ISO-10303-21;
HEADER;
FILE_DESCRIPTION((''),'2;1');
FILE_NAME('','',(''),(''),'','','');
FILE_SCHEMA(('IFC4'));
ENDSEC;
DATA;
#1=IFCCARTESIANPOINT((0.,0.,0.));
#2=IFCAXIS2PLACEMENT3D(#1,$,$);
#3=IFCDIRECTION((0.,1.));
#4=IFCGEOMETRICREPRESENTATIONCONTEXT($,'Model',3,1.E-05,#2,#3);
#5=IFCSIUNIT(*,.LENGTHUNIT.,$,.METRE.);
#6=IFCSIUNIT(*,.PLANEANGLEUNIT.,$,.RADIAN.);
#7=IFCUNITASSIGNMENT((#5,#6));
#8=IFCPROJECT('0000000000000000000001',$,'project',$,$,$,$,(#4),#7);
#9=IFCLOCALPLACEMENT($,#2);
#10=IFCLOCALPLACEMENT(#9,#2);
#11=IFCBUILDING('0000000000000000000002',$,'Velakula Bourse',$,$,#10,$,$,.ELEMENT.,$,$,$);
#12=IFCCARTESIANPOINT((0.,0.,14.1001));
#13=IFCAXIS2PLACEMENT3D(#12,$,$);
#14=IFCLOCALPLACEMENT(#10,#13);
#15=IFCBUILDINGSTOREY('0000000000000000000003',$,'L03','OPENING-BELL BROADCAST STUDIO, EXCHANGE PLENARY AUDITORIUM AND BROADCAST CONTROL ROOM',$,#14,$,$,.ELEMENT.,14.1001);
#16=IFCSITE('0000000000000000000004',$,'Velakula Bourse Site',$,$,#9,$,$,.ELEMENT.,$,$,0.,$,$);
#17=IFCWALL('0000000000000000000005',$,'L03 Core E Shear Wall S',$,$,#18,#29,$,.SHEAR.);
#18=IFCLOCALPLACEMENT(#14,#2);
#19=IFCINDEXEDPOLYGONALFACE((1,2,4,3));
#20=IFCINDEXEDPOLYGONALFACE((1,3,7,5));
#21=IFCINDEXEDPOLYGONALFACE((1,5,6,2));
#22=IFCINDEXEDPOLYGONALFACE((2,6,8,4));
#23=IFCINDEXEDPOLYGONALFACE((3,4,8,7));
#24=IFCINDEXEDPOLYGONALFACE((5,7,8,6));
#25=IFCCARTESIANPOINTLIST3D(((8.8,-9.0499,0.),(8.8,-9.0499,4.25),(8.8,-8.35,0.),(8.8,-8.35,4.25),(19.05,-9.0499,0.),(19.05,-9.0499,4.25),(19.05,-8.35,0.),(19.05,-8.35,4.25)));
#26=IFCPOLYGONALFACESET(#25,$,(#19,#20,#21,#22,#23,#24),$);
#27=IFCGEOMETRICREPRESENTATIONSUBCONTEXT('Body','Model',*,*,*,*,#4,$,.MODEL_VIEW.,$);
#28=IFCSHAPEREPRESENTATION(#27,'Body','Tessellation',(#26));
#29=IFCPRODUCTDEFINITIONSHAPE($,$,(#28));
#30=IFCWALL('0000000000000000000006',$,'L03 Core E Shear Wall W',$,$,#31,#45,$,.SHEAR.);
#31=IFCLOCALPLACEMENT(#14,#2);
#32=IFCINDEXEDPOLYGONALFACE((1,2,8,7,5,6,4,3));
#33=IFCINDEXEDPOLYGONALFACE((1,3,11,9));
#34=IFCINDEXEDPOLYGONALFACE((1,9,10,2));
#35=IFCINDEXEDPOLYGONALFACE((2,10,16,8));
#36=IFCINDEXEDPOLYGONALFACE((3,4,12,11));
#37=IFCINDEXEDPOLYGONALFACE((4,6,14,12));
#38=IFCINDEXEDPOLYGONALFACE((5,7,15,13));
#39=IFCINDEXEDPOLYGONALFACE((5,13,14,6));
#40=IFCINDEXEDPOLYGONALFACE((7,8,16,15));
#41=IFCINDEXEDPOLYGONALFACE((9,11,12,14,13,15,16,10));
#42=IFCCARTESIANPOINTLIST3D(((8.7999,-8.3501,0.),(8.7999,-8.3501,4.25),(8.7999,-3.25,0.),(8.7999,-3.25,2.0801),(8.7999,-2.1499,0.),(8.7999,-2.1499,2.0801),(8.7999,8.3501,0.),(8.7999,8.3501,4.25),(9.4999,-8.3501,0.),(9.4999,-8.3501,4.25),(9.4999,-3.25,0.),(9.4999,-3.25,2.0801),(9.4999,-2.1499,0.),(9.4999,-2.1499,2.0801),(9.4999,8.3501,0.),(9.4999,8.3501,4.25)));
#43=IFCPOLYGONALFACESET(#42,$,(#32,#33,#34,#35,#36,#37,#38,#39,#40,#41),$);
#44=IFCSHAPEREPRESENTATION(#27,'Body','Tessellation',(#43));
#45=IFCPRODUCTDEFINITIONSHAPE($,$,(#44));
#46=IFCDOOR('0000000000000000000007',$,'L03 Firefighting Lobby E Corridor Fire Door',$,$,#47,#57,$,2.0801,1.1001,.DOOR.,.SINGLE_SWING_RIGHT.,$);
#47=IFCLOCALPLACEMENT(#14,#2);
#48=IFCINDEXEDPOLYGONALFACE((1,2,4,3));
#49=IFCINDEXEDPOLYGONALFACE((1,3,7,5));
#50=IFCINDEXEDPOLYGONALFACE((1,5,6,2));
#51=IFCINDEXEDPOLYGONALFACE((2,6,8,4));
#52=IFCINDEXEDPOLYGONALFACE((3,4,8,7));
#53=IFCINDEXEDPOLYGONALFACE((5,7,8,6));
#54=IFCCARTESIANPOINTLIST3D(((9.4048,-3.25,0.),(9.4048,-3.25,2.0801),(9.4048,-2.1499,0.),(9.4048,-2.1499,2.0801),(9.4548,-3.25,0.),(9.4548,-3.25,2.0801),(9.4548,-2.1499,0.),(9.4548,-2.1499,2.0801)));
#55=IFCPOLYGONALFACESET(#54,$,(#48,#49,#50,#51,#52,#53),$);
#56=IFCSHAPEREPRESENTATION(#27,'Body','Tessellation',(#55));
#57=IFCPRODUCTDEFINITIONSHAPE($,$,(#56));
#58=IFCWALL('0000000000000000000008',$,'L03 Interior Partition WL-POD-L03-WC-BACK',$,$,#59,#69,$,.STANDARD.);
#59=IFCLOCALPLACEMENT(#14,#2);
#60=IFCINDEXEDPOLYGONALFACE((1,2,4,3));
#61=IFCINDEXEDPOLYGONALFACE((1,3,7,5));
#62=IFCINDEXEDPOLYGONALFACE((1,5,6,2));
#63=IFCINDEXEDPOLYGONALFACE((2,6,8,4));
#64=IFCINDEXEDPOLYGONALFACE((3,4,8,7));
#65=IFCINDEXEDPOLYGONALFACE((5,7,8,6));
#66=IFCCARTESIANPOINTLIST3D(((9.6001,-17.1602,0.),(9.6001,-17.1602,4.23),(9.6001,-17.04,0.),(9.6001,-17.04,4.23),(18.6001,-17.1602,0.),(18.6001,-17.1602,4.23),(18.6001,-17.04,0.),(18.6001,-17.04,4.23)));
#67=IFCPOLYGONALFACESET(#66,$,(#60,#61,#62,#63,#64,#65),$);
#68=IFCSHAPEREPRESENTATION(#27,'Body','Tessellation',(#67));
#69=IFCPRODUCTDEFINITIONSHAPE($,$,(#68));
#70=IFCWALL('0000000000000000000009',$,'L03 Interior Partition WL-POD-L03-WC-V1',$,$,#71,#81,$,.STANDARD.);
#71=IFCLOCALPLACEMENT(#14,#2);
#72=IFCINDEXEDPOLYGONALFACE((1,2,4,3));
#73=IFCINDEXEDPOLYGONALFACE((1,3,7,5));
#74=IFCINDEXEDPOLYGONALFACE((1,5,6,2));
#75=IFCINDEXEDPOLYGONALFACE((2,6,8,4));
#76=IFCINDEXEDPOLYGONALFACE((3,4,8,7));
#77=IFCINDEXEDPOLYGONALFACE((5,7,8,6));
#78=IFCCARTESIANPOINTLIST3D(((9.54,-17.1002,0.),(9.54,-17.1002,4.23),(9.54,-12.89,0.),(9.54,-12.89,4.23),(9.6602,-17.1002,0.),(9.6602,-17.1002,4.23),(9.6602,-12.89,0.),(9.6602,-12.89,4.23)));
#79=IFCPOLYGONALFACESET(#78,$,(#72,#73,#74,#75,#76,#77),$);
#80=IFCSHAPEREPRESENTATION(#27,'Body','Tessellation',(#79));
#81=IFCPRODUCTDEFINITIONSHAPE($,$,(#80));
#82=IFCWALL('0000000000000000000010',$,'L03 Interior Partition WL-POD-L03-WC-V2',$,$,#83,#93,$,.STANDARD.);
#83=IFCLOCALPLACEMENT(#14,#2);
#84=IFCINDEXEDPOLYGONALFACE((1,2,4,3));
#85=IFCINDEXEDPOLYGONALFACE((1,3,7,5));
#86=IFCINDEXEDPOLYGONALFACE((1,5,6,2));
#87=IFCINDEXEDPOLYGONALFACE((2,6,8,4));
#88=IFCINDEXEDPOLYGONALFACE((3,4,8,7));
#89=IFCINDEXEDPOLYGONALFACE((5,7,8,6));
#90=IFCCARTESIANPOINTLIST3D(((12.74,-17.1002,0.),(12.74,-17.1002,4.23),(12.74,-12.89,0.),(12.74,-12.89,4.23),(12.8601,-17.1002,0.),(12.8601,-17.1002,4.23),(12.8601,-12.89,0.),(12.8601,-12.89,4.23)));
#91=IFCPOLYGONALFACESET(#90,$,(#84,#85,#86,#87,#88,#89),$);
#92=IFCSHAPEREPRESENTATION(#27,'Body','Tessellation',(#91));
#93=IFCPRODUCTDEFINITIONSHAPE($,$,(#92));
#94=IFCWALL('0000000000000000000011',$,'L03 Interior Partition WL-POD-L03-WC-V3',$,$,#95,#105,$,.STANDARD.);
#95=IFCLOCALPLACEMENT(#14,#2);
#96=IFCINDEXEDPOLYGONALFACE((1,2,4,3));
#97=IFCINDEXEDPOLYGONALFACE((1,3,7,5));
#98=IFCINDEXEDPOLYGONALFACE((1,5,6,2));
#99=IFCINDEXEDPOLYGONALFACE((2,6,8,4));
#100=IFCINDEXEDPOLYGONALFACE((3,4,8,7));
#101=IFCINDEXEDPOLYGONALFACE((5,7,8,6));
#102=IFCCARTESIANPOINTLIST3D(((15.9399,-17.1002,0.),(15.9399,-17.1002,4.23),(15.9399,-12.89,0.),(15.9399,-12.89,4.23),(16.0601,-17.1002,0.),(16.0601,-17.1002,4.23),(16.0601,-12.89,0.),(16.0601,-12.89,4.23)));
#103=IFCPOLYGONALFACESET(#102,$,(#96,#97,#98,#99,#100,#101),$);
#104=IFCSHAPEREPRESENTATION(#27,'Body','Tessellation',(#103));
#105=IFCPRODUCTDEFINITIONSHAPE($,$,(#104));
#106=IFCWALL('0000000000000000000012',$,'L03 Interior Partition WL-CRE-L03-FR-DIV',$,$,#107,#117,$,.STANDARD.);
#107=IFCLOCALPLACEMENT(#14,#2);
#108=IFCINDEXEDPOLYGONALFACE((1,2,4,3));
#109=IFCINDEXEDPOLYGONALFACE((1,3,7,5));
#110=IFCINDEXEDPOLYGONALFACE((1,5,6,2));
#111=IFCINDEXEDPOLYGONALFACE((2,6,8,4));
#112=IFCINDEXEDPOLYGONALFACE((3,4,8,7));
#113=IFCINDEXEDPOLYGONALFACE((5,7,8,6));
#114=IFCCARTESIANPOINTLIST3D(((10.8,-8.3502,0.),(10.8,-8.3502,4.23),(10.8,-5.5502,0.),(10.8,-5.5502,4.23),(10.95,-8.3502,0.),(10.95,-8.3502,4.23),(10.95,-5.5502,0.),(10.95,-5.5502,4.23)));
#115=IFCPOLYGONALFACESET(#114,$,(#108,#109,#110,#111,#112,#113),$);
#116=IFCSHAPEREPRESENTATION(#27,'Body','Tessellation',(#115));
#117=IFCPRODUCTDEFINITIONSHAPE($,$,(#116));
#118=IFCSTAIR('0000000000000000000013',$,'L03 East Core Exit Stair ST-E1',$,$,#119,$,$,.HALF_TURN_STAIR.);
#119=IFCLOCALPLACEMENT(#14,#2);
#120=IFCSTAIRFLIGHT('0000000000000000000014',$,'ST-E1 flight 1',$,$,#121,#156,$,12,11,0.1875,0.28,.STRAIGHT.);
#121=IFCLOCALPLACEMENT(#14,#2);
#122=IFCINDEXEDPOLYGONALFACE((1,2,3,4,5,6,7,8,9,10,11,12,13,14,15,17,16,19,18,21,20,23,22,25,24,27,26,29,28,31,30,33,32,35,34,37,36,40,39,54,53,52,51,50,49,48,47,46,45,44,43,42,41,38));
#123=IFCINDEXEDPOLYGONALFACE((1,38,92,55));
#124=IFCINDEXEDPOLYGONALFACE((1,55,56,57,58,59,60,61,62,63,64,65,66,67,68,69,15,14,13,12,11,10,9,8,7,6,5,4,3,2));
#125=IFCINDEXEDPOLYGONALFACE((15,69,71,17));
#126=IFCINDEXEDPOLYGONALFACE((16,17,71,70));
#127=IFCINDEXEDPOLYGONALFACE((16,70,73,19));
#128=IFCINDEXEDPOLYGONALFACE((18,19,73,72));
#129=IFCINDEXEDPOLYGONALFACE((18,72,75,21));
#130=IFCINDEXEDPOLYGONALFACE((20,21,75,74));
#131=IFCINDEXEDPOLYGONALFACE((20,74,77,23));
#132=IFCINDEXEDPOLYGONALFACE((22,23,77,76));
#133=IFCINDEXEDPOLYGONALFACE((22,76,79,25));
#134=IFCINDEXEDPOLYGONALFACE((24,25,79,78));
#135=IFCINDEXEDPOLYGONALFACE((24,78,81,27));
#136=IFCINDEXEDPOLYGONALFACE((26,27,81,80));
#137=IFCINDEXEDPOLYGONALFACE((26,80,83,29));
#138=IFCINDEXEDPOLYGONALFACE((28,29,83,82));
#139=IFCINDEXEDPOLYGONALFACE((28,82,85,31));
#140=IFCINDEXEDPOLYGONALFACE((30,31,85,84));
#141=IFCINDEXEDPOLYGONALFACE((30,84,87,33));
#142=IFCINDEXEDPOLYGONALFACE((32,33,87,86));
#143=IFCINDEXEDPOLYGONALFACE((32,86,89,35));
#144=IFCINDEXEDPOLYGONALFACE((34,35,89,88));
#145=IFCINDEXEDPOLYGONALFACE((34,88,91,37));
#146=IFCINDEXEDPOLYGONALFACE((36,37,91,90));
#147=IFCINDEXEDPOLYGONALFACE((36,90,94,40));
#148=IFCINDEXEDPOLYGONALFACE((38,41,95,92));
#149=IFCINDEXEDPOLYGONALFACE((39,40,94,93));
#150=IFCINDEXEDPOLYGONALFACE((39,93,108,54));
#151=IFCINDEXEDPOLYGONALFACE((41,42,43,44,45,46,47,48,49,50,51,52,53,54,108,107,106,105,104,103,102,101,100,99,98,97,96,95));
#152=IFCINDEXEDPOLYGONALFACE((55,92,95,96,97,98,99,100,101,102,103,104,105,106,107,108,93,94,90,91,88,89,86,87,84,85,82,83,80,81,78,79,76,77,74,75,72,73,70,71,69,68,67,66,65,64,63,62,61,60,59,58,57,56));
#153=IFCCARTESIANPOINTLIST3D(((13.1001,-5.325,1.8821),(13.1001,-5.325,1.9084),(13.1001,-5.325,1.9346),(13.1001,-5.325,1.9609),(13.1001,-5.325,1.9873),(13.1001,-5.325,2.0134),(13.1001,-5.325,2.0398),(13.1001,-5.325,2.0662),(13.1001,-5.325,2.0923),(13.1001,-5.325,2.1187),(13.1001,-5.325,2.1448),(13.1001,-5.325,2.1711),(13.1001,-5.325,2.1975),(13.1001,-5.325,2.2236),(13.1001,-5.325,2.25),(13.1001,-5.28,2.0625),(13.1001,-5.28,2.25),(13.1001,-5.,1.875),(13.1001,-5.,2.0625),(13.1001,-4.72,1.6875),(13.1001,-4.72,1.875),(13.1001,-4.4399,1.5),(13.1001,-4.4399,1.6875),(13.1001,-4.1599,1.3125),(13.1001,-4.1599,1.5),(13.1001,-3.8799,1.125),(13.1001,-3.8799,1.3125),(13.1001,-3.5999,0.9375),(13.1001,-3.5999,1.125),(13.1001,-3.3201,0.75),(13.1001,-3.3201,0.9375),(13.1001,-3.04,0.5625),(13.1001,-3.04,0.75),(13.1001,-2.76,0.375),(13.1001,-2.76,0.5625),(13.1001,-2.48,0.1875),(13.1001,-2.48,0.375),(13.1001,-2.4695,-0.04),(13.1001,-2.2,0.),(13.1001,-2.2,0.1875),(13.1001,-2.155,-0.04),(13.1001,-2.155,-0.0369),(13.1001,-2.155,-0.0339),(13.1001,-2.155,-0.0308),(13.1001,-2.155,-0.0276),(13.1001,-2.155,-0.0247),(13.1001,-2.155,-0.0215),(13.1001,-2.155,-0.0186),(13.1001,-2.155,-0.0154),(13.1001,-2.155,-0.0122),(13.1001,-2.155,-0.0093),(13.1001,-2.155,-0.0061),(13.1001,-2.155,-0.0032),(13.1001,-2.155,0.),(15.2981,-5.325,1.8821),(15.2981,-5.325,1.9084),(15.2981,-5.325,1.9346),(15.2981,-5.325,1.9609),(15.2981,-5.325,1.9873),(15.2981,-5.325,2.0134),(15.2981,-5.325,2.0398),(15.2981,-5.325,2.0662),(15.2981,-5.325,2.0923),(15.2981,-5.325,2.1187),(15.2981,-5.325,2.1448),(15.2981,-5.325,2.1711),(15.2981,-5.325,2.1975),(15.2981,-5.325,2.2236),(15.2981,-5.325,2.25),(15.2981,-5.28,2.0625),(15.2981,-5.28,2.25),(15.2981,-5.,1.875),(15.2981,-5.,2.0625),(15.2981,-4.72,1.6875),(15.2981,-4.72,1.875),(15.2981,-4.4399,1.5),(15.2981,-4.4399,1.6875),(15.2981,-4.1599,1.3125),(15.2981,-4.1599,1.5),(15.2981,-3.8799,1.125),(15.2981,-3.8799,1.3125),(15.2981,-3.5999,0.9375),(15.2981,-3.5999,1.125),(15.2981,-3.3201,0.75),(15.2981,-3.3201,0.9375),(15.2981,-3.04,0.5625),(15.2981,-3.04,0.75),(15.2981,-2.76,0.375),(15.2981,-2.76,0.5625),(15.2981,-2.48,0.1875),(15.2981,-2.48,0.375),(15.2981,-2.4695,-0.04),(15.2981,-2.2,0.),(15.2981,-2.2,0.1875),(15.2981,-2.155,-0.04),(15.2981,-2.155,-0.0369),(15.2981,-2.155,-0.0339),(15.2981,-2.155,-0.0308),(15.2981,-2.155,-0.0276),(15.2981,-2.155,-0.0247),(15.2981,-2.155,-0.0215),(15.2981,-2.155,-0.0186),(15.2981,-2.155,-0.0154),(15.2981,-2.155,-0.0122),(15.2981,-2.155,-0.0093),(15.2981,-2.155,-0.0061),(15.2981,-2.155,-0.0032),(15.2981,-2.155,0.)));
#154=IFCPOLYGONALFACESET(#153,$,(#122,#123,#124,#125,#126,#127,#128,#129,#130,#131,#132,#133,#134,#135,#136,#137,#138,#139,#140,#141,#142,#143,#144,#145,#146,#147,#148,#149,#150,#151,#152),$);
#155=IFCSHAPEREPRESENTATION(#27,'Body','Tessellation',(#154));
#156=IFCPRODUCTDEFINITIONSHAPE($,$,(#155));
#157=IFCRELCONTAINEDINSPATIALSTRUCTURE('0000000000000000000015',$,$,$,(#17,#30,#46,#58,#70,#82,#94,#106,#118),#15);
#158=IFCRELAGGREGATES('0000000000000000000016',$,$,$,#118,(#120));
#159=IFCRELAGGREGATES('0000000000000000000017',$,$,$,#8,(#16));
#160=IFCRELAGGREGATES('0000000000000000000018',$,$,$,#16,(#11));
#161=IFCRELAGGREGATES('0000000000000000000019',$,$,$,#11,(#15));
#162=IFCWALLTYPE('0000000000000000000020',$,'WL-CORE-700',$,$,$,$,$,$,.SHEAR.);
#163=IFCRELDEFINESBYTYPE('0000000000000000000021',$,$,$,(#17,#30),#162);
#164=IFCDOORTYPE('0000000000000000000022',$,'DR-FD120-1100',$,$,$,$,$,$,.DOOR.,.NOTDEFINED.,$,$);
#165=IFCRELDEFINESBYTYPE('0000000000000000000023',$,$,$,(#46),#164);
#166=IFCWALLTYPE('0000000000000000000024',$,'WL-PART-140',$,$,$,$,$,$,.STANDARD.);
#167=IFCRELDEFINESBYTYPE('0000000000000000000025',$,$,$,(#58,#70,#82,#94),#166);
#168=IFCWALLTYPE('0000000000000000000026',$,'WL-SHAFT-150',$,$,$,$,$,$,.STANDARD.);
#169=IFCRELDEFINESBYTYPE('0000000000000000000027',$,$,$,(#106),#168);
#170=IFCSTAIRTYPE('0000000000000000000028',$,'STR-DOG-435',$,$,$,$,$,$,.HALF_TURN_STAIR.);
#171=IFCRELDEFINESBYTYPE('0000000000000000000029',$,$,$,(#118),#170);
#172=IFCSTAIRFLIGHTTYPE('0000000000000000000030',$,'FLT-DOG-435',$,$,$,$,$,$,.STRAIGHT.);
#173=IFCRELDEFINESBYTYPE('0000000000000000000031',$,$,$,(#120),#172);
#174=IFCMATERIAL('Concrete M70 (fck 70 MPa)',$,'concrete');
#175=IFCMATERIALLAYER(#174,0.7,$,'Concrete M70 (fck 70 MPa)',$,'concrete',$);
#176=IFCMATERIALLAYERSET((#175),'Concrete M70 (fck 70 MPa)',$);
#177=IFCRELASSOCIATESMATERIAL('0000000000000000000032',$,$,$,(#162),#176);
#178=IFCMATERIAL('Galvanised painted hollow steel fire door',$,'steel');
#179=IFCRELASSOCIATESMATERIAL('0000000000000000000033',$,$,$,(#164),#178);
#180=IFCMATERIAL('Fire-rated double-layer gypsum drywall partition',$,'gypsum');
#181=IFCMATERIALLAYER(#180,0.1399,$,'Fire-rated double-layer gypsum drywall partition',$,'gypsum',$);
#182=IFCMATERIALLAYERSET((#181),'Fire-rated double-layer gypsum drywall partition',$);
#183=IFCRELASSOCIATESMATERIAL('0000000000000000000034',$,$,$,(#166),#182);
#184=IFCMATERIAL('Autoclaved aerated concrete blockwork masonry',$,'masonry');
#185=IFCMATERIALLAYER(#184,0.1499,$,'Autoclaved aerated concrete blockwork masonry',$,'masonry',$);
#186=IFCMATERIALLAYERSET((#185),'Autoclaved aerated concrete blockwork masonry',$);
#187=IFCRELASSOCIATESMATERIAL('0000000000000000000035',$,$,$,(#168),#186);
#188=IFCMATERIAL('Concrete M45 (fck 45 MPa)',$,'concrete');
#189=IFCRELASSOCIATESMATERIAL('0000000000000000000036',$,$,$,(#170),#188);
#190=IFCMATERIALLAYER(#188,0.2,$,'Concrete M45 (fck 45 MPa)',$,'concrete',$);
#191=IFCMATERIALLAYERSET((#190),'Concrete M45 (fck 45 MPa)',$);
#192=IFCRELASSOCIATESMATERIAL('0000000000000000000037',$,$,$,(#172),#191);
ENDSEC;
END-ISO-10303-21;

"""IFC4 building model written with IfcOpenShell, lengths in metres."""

from ifc_helpers import new_model, si_unit, direction, frame, frame_2d, origin, place, context, subcontext, project, spatial, polyline, rectangle, outline, extrude, material, layer, layer_set, type_object, element, fill, aggregate, save


model = new_model("IFC4")

# Units and contexts
model_context = context("Model", 3, precision=1e-05, world=origin(), true_north=direction((0.0, 1.0)))
body_context = subcontext(model_context, "Body", "Model", "MODEL_VIEW")
ifc_project = project(units=[si_unit("LENGTHUNIT", "METRE"), si_unit("PLANEANGLEUNIT", "RADIAN")], contexts=[model_context])

# Site, building, storey
site_placement = place(None, origin())
site = spatial("IfcSite", under=ifc_project, at=site_placement, Name="Velakula Bourse Site", CompositionType="ELEMENT", RefElevation=0.0)
building_placement = place(site_placement, origin())
building = spatial("IfcBuilding", under=site, at=building_placement, Name="Velakula Bourse", CompositionType="ELEMENT")
storey_placement = place(building_placement, frame((0.0, 0.0, 14.1001)))
storey = spatial("IfcBuildingStorey", under=building, at=storey_placement, Name="L03", Description="OPENING-BELL BROADCAST STUDIO, EXCHANGE PLENARY AUDITORIUM AND BROADCAST CONTROL ROOM", CompositionType="ELEMENT", Elevation=14.1001)

# Shared definitions
ifc_material_1 = material(Name="Concrete M70 (fck 70 MPa)", Category="concrete")

# Shared definitions
ifc_material_2 = material(Name="Galvanised painted hollow steel fire door", Category="steel")

# Wall
ifc_layer_1 = layer(ifc_material_1, 0.7, Name="Concrete M70 (fck 70 MPa)", Category="concrete")
ifc_layer_set_1 = layer_set([ifc_layer_1], Name="Concrete M70 (fck 70 MPa)")
wall_type_1 = type_object("IfcWallType", Name="WL-CORE-700", PredefinedType="SHEAR", material=ifc_layer_set_1)
wall_1_placement = place(storey_placement, frame((8.8, -8.7, 0.0), z_axis=(0.0, 0.0, 1.0), x_axis=(1.0, 0.0, 0.0)))
element("IfcWall", 1, at=wall_1_placement, inside=storey, type_object=wall_type_1, Name="L03 Core E Shear Wall S", PredefinedType="SHEAR", context=body_context, shape_type="SweptSolid", body=[
    extrude(rectangle(XDim=10.25, YDim=0.7, at=frame_2d((5.125, 0.0))), origin(), (0.0, 0.0, 1.0), 4.25),
])

# Wall, opening, door
wall_2_placement = place(storey_placement, frame((9.1499, -8.3501, 0.0), z_axis=(0.0, 0.0, 1.0), x_axis=(0.0, 1.0, 0.0)))
wall_2 = element("IfcWall", 2, at=wall_2_placement, inside=storey, type_object=wall_type_1, Name="L03 Core E Shear Wall W", PredefinedType="SHEAR", context=body_context, shape_type="SweptSolid", body=[
    extrude(rectangle(XDim=16.7002, YDim=0.7, at=frame_2d((8.3501, 0.0))), origin(), (0.0, 0.0, 1.0), 4.25),
])
opening_1_placement = place(wall_2_placement, frame((5.1001, 0.0, 0.0)))
opening_1 = element("IfcOpeningElement", 3, at=opening_1_placement, cuts=wall_2, PredefinedType="OPENING", context=body_context, shape_type="SweptSolid", body=[
    extrude(rectangle(XDim=1.1001, YDim=2.0801, at=frame_2d((0.55, 1.04))), frame((0.0, 0.3599, 0.0), z_axis=(0.0, -1.0, 0.0), x_axis=(1.0, 0.0, 0.0)), (0.0, 0.0, 1.0), 0.72),
])
door_type_1 = type_object("IfcDoorType", Name="DR-FD120-1100", OperationType="NOTDEFINED", PredefinedType="DOOR", material=ifc_material_2)
door_1_placement = place(opening_1_placement, origin())
door_1 = element("IfcDoor", 4, at=door_1_placement, inside=storey, type_object=door_type_1, Name="L03 Firefighting Lobby E Corridor Fire Door", OperationType="SINGLE_SWING_RIGHT", OverallHeight=2.0801, OverallWidth=1.1001, PredefinedType="DOOR", context=body_context, shape_type="SweptSolid", body=[
    extrude(rectangle(XDim=1.1001, YDim=2.0801, at=frame_2d((0.55, 1.04))), frame((0.0, -0.2549, 0.0), z_axis=(0.0, -1.0, 0.0), x_axis=(1.0, 0.0, 0.0)), (0.0, 0.0, 1.0), 0.05),
])
fill(opening_1, door_1)

# Walls
ifc_material_3 = material(Name="Fire-rated double-layer gypsum drywall partition", Category="gypsum")
ifc_layer_2 = layer(ifc_material_3, 0.1399, Name="Fire-rated double-layer gypsum drywall partition", Category="gypsum")
ifc_layer_set_2 = layer_set([ifc_layer_2], Name="Fire-rated double-layer gypsum drywall partition")
wall_type_2 = type_object("IfcWallType", Name="WL-PART-140", PredefinedType="STANDARD", material=ifc_layer_set_2)
wall_3_placement = place(storey_placement, frame((9.6001, -17.1001, 0.0), z_axis=(0.0, 0.0, 1.0), x_axis=(1.0, 0.0, 0.0)))
element("IfcWall", 5, at=wall_3_placement, inside=storey, type_object=wall_type_2, Name="L03 Interior Partition WL-POD-L03-WC-BACK", PredefinedType="STANDARD", context=body_context, shape_type="SweptSolid", body=[
    extrude(rectangle(XDim=9.0, YDim=0.1201, at=frame_2d((4.5, 0.0))), origin(), (0.0, 0.0, 1.0), 4.23),
])
for number, where, z_axis, x_axis, name in (
    (6, (9.6001, -17.1001, 0.0), (0.0, 0.0, 1.0), (0.0, 1.0, 0.0), "L03 Interior Partition WL-POD-L03-WC-V1"),
    (7, (12.8, -17.1001, 0.0), (0.0, 0.0, 1.0), (0.0, 1.0, 0.0), "L03 Interior Partition WL-POD-L03-WC-V2"),
    (8, (16.0, -17.1001, 0.0), (0.0, 0.0, 1.0), (0.0, 1.0, 0.0), "L03 Interior Partition WL-POD-L03-WC-V3"),
):
    element("IfcWall", number, at=place(storey_placement, frame(where, z_axis=z_axis, x_axis=x_axis)), inside=storey, type_object=wall_type_2, Name=name, PredefinedType="STANDARD", context=body_context, shape_type="SweptSolid", body=[
        extrude(rectangle(XDim=4.2102, YDim=0.1201, at=frame_2d((2.105, 0.0))), origin(), (0.0, 0.0, 1.0), 4.23),
    ])

# Shared definitions
ifc_material_4 = material(Name="Autoclaved aerated concrete blockwork masonry", Category="masonry")
ifc_layer_3 = layer(ifc_material_4, 0.1499, Name="Autoclaved aerated concrete blockwork masonry", Category="masonry")
ifc_layer_set_3 = layer_set([ifc_layer_3], Name="Autoclaved aerated concrete blockwork masonry")
wall_type_3 = type_object("IfcWallType", Name="WL-SHAFT-150", PredefinedType="STANDARD", material=ifc_layer_set_3)

# Wall
wall_4_placement = place(storey_placement, frame((10.875, -8.3501, 0.0), z_axis=(0.0, 0.0, 1.0), x_axis=(0.0, 1.0, 0.0)))
element("IfcWall", 9, at=wall_4_placement, inside=storey, type_object=wall_type_3, Name="L03 Interior Partition WL-CRE-L03-FR-DIV", PredefinedType="STANDARD", context=body_context, shape_type="SweptSolid", body=[
    extrude(rectangle(XDim=2.8, YDim=0.1499, at=frame_2d((1.3999, 0.0))), origin(), (0.0, 0.0, 1.0), 4.23),
])

# Stair, stair flight
ifc_material_5 = material(Name="Concrete M45 (fck 45 MPa)", Category="concrete")
stair_type = type_object("IfcStairType", Name="STR-DOG-435", PredefinedType="HALF_TURN_STAIR", material=ifc_material_5)
stair_placement = place(storey_placement, origin())
stair = element("IfcStair", 10, at=stair_placement, inside=storey, type_object=stair_type, Name="L03 East Core Exit Stair ST-E1", PredefinedType="HALF_TURN_STAIR")
ifc_layer_4 = layer(ifc_material_5, 0.2, Name="Concrete M45 (fck 45 MPa)", Category="concrete")
ifc_layer_set_4 = layer_set([ifc_layer_4], Name="Concrete M45 (fck 45 MPa)")
stair_flight_type = type_object("IfcStairFlightType", Name="FLT-DOG-435", PredefinedType="STRAIGHT", material=ifc_layer_set_4)
stair_flight_1_placement = place(storey_placement, frame((14.199, -2.2, 0.0), z_axis=(0.0, 0.0, 1.0), x_axis=(0.0, -1.0, 0.0)))
stair_flight_1 = element("IfcStairFlight", 11, at=stair_flight_1_placement, type_object=stair_flight_type, Name="ST-E1 flight 1", NumberOfRisers=12, NumberOfTreads=11, PredefinedType="STRAIGHT", RiserHeight=0.1875, TreadLength=0.28, context=body_context, shape_type="SweptSolid", body=[
    extrude(outline(polyline([(-0.0449, -0.04), (-0.0449, -0.0369), (-0.0449, -0.0339), (-0.0449, -0.0308), (-0.0449, -0.0276), (-0.0449, -0.0247), (-0.0449, -0.0215), (-0.0449, -0.0186), (-0.0449, -0.0154), (-0.0449, -0.0122), (-0.0449, -0.0093), (-0.0449, -0.0061), (-0.0449, -0.0032), (-0.0449, 0.0), (0.0, 0.0), (0.0, 0.1875), (0.28, 0.1875), (0.28, 0.375), (0.5601, 0.375), (0.5601, 0.5625), (0.8401, 0.5625), (0.8401, 0.75), (1.1201, 0.75), (1.1201, 0.9375), (1.3999, 0.9375), (1.3999, 1.125), (1.6799, 1.125), (1.6799, 1.3125), (1.96, 1.3125), (1.96, 1.5), (2.24, 1.5), (2.24, 1.6875), (2.52, 1.6875), (2.52, 1.875), (2.8, 1.875), (2.8, 2.0625), (3.0801, 2.0625), (3.0801, 2.25), (3.125, 2.25), (3.125, 2.2236), (3.125, 2.1975), (3.125, 2.1711), (3.125, 2.1448), (3.125, 2.1187), (3.125, 2.0923), (3.125, 2.0662), (3.125, 2.0398), (3.125, 2.0134), (3.125, 1.9873), (3.125, 1.9609), (3.125, 1.9346), (3.125, 1.9084), (3.125, 1.8821), (0.2695, -0.04), (-0.0449, -0.04)])), frame((0.0, 1.0991, 0.0), z_axis=(0.0, -1.0, 0.0), x_axis=(1.0, 0.0, 0.0)), (0.0, 0.0, 1.0), 2.198),
])
aggregate(stair, [stair_flight_1])

save(model, "model.ifc")
